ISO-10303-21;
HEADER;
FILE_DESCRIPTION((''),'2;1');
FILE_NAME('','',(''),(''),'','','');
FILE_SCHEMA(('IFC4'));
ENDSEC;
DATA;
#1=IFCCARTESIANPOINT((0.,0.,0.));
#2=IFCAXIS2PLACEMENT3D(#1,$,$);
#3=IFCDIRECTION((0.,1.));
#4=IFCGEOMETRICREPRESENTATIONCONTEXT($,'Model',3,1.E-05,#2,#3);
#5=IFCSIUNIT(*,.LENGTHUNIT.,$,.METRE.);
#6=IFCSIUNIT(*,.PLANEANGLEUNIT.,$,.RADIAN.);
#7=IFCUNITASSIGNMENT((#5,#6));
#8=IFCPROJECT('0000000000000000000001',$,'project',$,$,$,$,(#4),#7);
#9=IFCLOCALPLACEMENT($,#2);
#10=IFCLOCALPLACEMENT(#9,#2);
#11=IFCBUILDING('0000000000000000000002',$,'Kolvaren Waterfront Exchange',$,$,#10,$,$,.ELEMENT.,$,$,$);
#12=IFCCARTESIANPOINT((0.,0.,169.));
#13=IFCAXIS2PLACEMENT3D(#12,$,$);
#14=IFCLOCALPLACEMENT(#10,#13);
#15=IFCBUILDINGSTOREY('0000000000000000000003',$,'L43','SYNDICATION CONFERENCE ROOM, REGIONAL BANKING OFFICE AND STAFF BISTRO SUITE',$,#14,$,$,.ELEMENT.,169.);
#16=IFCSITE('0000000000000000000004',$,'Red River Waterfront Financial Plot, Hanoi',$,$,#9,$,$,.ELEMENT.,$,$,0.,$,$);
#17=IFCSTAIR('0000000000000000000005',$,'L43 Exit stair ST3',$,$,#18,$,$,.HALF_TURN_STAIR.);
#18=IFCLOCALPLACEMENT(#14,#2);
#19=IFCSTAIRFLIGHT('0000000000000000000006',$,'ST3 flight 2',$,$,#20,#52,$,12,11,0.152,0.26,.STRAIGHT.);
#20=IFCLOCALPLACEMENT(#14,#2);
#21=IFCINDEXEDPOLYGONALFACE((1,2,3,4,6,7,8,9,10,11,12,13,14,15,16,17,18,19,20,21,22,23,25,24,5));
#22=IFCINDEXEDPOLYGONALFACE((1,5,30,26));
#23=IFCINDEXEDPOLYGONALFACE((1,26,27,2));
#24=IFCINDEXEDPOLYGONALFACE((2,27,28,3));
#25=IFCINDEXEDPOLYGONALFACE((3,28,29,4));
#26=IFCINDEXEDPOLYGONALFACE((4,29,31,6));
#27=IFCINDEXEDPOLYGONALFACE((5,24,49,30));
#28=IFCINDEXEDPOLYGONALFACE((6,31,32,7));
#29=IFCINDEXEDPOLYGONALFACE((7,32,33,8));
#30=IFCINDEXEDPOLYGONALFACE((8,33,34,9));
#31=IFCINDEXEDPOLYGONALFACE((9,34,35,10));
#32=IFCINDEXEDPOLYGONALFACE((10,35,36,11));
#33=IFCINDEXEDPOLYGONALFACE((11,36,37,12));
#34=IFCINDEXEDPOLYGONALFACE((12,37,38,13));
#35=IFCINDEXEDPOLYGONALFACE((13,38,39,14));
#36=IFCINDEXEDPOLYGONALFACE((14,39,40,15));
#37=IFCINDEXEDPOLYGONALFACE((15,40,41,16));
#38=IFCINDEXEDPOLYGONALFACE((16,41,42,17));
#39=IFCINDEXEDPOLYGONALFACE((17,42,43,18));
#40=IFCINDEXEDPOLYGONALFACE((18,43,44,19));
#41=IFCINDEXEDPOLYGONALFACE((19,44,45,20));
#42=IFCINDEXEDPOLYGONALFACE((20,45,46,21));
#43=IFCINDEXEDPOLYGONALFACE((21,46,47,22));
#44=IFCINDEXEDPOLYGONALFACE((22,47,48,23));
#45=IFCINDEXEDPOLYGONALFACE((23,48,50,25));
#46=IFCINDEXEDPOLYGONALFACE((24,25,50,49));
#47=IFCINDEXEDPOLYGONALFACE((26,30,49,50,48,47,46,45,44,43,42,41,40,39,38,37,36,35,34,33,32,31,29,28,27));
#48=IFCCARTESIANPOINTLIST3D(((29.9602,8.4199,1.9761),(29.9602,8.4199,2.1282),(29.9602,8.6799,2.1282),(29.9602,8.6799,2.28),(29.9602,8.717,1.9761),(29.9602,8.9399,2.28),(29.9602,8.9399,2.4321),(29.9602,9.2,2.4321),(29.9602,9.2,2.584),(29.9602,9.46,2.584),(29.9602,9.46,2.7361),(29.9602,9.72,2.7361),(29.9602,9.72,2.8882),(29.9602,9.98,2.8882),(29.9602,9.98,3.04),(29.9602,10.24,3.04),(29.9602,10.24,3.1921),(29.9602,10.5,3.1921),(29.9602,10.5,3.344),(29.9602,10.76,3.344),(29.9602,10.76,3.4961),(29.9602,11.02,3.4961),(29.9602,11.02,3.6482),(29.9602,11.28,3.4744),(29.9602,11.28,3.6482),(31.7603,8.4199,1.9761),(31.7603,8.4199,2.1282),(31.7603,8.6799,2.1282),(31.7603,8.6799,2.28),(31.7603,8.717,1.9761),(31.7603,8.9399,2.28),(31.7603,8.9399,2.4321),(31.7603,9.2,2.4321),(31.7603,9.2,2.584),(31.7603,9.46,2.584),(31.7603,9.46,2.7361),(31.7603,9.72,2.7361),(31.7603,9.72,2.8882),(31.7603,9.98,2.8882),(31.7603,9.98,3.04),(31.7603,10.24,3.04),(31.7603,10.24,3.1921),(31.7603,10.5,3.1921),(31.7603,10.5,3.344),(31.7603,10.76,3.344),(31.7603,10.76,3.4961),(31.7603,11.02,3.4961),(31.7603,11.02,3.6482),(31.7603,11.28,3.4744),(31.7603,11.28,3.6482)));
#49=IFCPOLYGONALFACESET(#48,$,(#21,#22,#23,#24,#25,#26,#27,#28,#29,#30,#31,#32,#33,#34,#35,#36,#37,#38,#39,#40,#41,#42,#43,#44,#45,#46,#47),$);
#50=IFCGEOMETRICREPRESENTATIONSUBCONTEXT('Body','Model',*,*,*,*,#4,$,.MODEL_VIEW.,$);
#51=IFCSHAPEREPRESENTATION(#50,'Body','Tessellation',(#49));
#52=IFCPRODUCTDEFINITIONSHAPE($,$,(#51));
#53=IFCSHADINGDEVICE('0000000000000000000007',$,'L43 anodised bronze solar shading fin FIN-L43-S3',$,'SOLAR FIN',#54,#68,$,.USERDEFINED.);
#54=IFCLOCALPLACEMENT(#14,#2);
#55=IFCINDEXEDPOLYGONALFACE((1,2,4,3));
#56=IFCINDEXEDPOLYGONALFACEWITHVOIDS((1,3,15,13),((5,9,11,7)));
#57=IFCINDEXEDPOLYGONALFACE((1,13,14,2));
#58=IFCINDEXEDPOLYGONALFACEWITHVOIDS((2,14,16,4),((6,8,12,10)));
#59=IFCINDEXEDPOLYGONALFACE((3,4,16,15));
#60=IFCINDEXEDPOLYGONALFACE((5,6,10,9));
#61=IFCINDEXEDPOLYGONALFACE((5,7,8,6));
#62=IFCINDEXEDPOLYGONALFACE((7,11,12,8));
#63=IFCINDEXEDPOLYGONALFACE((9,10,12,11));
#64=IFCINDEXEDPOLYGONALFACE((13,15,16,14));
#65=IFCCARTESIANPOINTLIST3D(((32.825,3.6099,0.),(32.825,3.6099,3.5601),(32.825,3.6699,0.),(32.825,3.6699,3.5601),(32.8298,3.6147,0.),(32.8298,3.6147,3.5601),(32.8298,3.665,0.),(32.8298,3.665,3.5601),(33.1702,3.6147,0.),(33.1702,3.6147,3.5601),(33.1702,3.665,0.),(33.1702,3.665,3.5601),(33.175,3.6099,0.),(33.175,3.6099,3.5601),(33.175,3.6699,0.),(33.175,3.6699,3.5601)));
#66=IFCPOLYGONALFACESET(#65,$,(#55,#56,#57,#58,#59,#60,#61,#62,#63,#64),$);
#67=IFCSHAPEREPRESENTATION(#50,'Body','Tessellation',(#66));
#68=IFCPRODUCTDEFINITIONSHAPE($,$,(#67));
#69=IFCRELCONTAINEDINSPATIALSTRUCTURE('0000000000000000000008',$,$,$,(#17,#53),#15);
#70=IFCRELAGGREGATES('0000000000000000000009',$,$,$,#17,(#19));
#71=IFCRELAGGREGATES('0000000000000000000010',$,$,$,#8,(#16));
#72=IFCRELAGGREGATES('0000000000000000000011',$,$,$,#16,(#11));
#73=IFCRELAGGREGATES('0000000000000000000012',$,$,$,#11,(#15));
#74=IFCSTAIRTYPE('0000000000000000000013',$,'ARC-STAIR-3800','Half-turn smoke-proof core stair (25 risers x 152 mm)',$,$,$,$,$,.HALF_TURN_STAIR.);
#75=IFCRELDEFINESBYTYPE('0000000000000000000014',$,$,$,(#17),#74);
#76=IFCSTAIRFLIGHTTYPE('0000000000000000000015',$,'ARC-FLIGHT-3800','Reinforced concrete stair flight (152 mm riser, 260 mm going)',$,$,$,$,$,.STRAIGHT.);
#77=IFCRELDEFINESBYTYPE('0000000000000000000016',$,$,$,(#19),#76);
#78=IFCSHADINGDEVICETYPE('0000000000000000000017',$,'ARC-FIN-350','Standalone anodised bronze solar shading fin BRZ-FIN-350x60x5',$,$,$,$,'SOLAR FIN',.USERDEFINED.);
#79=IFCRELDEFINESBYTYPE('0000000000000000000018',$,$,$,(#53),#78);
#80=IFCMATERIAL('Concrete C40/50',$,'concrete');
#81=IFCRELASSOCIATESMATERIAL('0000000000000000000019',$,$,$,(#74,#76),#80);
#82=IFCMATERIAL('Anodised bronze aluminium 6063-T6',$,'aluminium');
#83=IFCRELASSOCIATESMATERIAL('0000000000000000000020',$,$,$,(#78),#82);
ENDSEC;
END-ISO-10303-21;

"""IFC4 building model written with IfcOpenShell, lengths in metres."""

from ifc_helpers import new_model, si_unit, direction, frame, origin, origin_2d, place, context, subcontext, project, spatial, polyline, hollow_rectangle, outline, extrude, material, material_profile, profile_set, type_object, element, aggregate, save


model = new_model("IFC4")

# Units and contexts
model_context = context("Model", 3, precision=1e-05, world=origin(), true_north=direction((0.0, 1.0)))
body_context = subcontext(model_context, "Body", "Model", "MODEL_VIEW")
ifc_project = project(units=[si_unit("LENGTHUNIT", "METRE"), si_unit("PLANEANGLEUNIT", "RADIAN")], contexts=[model_context])

# Site, building, storey
site_placement = place(None, origin())
site = spatial("IfcSite", under=ifc_project, at=site_placement, Name="Red River Waterfront Financial Plot, Hanoi", CompositionType="ELEMENT", RefElevation=0.0)
building_placement = place(site_placement, origin())
building = spatial("IfcBuilding", under=site, at=building_placement, Name="Kolvaren Waterfront Exchange", CompositionType="ELEMENT")
storey_placement = place(building_placement, frame((0.0, 0.0, 169.0)))
storey = spatial("IfcBuildingStorey", under=building, at=storey_placement, Name="L43", Description="SYNDICATION CONFERENCE ROOM, REGIONAL BANKING OFFICE AND STAFF BISTRO SUITE", CompositionType="ELEMENT", Elevation=169.0)

# Shared definitions
ifc_material_1 = material(Name="Anodised bronze aluminium 6063-T6", Category="aluminium")

# Shared definitions
ifc_material_2 = material(Name="Concrete C40/50", Category="concrete")

# Stair, stair flight
stair_type = type_object("IfcStairType", Name="ARC-STAIR-3800", Description="Half-turn smoke-proof core stair (25 risers x 152 mm)", PredefinedType="HALF_TURN_STAIR", material=ifc_material_2)
stair_placement = place(storey_placement, origin())
stair = element("IfcStair", 1, at=stair_placement, inside=storey, type_object=stair_type, Name="L43 Exit stair ST3", PredefinedType="HALF_TURN_STAIR")
stair_flight_type = type_object("IfcStairFlightType", Name="ARC-FLIGHT-3800", Description="Reinforced concrete stair flight (152 mm riser, 260 mm going)", PredefinedType="STRAIGHT", material=ifc_material_2)
stair_flight_placement = place(storey_placement, frame((30.8601, 8.4199, 1.9761), z_axis=(0.0, 0.0, 1.0), x_axis=(0.0, 1.0, 0.0)))
stair_flight = element("IfcStairFlight", 2, at=stair_flight_placement, type_object=stair_flight_type, Name="ST3 flight 2", NumberOfRisers=12, NumberOfTreads=11, PredefinedType="STRAIGHT", RiserHeight=0.152, TreadLength=0.26, context=body_context, shape_type="SweptSolid", body=[
    extrude(outline(polyline([(0.0, 0.0), (0.0, 0.1521), (0.26, 0.1521), (0.26, 0.304), (0.52, 0.304), (0.52, 0.4561), (0.78, 0.4561), (0.78, 0.6079), (1.04, 0.6079), (1.04, 0.76), (1.3, 0.76), (1.3, 0.9121), (1.5601, 0.9121), (1.5601, 1.064), (1.8201, 1.064), (1.8201, 1.2161), (2.0801, 1.2161), (2.0801, 1.3679), (2.3401, 1.3679), (2.3401, 1.52), (2.6001, 1.52), (2.6001, 1.6721), (2.8601, 1.6721), (2.8601, 1.824), (2.8601, 1.4983), (0.2971, 0.0), (0.0, 0.0)])), frame((0.0, 0.8999, 0.0), z_axis=(0.0, -1.0, 0.0), x_axis=(1.0, 0.0, 0.0)), (0.0, 0.0, 1.0), 1.8),
])
aggregate(stair, [stair_flight])

# Shading device
ifc_material_profile_1 = material_profile(ifc_material_1, hollow_rectangle(XDim=0.0601, YDim=0.3501, WallThickness=0.0049, at=origin_2d()), Name="BRZ-FIN-350x60x5")
ifc_profile_set_1 = profile_set([ifc_material_profile_1], Name="Anodised bronze aluminium 6063-T6")
shading_device_type = type_object("IfcShadingDeviceType", Name="ARC-FIN-350", Description="Standalone anodised bronze solar shading fin BRZ-FIN-350x60x5", ElementType="SOLAR FIN", PredefinedType="USERDEFINED", material=ifc_profile_set_1)
shading_device_placement = place(storey_placement, frame((33.0, 3.6399, 0.0), z_axis=(0.0, 0.0, 1.0), x_axis=(0.0, -1.0, 0.0)))
element("IfcShadingDevice", 3, at=shading_device_placement, inside=storey, type_object=shading_device_type, Name="L43 anodised bronze solar shading fin FIN-L43-S3", ObjectType="SOLAR FIN", PredefinedType="USERDEFINED", context=body_context, shape_type="SweptSolid", body=[
    extrude(hollow_rectangle(XDim=0.0601, YDim=0.3501, WallThickness=0.0049, at=origin_2d()), origin(), (0.0, 0.0, 1.0), 3.5601),
])

save(model, "model.ifc")
